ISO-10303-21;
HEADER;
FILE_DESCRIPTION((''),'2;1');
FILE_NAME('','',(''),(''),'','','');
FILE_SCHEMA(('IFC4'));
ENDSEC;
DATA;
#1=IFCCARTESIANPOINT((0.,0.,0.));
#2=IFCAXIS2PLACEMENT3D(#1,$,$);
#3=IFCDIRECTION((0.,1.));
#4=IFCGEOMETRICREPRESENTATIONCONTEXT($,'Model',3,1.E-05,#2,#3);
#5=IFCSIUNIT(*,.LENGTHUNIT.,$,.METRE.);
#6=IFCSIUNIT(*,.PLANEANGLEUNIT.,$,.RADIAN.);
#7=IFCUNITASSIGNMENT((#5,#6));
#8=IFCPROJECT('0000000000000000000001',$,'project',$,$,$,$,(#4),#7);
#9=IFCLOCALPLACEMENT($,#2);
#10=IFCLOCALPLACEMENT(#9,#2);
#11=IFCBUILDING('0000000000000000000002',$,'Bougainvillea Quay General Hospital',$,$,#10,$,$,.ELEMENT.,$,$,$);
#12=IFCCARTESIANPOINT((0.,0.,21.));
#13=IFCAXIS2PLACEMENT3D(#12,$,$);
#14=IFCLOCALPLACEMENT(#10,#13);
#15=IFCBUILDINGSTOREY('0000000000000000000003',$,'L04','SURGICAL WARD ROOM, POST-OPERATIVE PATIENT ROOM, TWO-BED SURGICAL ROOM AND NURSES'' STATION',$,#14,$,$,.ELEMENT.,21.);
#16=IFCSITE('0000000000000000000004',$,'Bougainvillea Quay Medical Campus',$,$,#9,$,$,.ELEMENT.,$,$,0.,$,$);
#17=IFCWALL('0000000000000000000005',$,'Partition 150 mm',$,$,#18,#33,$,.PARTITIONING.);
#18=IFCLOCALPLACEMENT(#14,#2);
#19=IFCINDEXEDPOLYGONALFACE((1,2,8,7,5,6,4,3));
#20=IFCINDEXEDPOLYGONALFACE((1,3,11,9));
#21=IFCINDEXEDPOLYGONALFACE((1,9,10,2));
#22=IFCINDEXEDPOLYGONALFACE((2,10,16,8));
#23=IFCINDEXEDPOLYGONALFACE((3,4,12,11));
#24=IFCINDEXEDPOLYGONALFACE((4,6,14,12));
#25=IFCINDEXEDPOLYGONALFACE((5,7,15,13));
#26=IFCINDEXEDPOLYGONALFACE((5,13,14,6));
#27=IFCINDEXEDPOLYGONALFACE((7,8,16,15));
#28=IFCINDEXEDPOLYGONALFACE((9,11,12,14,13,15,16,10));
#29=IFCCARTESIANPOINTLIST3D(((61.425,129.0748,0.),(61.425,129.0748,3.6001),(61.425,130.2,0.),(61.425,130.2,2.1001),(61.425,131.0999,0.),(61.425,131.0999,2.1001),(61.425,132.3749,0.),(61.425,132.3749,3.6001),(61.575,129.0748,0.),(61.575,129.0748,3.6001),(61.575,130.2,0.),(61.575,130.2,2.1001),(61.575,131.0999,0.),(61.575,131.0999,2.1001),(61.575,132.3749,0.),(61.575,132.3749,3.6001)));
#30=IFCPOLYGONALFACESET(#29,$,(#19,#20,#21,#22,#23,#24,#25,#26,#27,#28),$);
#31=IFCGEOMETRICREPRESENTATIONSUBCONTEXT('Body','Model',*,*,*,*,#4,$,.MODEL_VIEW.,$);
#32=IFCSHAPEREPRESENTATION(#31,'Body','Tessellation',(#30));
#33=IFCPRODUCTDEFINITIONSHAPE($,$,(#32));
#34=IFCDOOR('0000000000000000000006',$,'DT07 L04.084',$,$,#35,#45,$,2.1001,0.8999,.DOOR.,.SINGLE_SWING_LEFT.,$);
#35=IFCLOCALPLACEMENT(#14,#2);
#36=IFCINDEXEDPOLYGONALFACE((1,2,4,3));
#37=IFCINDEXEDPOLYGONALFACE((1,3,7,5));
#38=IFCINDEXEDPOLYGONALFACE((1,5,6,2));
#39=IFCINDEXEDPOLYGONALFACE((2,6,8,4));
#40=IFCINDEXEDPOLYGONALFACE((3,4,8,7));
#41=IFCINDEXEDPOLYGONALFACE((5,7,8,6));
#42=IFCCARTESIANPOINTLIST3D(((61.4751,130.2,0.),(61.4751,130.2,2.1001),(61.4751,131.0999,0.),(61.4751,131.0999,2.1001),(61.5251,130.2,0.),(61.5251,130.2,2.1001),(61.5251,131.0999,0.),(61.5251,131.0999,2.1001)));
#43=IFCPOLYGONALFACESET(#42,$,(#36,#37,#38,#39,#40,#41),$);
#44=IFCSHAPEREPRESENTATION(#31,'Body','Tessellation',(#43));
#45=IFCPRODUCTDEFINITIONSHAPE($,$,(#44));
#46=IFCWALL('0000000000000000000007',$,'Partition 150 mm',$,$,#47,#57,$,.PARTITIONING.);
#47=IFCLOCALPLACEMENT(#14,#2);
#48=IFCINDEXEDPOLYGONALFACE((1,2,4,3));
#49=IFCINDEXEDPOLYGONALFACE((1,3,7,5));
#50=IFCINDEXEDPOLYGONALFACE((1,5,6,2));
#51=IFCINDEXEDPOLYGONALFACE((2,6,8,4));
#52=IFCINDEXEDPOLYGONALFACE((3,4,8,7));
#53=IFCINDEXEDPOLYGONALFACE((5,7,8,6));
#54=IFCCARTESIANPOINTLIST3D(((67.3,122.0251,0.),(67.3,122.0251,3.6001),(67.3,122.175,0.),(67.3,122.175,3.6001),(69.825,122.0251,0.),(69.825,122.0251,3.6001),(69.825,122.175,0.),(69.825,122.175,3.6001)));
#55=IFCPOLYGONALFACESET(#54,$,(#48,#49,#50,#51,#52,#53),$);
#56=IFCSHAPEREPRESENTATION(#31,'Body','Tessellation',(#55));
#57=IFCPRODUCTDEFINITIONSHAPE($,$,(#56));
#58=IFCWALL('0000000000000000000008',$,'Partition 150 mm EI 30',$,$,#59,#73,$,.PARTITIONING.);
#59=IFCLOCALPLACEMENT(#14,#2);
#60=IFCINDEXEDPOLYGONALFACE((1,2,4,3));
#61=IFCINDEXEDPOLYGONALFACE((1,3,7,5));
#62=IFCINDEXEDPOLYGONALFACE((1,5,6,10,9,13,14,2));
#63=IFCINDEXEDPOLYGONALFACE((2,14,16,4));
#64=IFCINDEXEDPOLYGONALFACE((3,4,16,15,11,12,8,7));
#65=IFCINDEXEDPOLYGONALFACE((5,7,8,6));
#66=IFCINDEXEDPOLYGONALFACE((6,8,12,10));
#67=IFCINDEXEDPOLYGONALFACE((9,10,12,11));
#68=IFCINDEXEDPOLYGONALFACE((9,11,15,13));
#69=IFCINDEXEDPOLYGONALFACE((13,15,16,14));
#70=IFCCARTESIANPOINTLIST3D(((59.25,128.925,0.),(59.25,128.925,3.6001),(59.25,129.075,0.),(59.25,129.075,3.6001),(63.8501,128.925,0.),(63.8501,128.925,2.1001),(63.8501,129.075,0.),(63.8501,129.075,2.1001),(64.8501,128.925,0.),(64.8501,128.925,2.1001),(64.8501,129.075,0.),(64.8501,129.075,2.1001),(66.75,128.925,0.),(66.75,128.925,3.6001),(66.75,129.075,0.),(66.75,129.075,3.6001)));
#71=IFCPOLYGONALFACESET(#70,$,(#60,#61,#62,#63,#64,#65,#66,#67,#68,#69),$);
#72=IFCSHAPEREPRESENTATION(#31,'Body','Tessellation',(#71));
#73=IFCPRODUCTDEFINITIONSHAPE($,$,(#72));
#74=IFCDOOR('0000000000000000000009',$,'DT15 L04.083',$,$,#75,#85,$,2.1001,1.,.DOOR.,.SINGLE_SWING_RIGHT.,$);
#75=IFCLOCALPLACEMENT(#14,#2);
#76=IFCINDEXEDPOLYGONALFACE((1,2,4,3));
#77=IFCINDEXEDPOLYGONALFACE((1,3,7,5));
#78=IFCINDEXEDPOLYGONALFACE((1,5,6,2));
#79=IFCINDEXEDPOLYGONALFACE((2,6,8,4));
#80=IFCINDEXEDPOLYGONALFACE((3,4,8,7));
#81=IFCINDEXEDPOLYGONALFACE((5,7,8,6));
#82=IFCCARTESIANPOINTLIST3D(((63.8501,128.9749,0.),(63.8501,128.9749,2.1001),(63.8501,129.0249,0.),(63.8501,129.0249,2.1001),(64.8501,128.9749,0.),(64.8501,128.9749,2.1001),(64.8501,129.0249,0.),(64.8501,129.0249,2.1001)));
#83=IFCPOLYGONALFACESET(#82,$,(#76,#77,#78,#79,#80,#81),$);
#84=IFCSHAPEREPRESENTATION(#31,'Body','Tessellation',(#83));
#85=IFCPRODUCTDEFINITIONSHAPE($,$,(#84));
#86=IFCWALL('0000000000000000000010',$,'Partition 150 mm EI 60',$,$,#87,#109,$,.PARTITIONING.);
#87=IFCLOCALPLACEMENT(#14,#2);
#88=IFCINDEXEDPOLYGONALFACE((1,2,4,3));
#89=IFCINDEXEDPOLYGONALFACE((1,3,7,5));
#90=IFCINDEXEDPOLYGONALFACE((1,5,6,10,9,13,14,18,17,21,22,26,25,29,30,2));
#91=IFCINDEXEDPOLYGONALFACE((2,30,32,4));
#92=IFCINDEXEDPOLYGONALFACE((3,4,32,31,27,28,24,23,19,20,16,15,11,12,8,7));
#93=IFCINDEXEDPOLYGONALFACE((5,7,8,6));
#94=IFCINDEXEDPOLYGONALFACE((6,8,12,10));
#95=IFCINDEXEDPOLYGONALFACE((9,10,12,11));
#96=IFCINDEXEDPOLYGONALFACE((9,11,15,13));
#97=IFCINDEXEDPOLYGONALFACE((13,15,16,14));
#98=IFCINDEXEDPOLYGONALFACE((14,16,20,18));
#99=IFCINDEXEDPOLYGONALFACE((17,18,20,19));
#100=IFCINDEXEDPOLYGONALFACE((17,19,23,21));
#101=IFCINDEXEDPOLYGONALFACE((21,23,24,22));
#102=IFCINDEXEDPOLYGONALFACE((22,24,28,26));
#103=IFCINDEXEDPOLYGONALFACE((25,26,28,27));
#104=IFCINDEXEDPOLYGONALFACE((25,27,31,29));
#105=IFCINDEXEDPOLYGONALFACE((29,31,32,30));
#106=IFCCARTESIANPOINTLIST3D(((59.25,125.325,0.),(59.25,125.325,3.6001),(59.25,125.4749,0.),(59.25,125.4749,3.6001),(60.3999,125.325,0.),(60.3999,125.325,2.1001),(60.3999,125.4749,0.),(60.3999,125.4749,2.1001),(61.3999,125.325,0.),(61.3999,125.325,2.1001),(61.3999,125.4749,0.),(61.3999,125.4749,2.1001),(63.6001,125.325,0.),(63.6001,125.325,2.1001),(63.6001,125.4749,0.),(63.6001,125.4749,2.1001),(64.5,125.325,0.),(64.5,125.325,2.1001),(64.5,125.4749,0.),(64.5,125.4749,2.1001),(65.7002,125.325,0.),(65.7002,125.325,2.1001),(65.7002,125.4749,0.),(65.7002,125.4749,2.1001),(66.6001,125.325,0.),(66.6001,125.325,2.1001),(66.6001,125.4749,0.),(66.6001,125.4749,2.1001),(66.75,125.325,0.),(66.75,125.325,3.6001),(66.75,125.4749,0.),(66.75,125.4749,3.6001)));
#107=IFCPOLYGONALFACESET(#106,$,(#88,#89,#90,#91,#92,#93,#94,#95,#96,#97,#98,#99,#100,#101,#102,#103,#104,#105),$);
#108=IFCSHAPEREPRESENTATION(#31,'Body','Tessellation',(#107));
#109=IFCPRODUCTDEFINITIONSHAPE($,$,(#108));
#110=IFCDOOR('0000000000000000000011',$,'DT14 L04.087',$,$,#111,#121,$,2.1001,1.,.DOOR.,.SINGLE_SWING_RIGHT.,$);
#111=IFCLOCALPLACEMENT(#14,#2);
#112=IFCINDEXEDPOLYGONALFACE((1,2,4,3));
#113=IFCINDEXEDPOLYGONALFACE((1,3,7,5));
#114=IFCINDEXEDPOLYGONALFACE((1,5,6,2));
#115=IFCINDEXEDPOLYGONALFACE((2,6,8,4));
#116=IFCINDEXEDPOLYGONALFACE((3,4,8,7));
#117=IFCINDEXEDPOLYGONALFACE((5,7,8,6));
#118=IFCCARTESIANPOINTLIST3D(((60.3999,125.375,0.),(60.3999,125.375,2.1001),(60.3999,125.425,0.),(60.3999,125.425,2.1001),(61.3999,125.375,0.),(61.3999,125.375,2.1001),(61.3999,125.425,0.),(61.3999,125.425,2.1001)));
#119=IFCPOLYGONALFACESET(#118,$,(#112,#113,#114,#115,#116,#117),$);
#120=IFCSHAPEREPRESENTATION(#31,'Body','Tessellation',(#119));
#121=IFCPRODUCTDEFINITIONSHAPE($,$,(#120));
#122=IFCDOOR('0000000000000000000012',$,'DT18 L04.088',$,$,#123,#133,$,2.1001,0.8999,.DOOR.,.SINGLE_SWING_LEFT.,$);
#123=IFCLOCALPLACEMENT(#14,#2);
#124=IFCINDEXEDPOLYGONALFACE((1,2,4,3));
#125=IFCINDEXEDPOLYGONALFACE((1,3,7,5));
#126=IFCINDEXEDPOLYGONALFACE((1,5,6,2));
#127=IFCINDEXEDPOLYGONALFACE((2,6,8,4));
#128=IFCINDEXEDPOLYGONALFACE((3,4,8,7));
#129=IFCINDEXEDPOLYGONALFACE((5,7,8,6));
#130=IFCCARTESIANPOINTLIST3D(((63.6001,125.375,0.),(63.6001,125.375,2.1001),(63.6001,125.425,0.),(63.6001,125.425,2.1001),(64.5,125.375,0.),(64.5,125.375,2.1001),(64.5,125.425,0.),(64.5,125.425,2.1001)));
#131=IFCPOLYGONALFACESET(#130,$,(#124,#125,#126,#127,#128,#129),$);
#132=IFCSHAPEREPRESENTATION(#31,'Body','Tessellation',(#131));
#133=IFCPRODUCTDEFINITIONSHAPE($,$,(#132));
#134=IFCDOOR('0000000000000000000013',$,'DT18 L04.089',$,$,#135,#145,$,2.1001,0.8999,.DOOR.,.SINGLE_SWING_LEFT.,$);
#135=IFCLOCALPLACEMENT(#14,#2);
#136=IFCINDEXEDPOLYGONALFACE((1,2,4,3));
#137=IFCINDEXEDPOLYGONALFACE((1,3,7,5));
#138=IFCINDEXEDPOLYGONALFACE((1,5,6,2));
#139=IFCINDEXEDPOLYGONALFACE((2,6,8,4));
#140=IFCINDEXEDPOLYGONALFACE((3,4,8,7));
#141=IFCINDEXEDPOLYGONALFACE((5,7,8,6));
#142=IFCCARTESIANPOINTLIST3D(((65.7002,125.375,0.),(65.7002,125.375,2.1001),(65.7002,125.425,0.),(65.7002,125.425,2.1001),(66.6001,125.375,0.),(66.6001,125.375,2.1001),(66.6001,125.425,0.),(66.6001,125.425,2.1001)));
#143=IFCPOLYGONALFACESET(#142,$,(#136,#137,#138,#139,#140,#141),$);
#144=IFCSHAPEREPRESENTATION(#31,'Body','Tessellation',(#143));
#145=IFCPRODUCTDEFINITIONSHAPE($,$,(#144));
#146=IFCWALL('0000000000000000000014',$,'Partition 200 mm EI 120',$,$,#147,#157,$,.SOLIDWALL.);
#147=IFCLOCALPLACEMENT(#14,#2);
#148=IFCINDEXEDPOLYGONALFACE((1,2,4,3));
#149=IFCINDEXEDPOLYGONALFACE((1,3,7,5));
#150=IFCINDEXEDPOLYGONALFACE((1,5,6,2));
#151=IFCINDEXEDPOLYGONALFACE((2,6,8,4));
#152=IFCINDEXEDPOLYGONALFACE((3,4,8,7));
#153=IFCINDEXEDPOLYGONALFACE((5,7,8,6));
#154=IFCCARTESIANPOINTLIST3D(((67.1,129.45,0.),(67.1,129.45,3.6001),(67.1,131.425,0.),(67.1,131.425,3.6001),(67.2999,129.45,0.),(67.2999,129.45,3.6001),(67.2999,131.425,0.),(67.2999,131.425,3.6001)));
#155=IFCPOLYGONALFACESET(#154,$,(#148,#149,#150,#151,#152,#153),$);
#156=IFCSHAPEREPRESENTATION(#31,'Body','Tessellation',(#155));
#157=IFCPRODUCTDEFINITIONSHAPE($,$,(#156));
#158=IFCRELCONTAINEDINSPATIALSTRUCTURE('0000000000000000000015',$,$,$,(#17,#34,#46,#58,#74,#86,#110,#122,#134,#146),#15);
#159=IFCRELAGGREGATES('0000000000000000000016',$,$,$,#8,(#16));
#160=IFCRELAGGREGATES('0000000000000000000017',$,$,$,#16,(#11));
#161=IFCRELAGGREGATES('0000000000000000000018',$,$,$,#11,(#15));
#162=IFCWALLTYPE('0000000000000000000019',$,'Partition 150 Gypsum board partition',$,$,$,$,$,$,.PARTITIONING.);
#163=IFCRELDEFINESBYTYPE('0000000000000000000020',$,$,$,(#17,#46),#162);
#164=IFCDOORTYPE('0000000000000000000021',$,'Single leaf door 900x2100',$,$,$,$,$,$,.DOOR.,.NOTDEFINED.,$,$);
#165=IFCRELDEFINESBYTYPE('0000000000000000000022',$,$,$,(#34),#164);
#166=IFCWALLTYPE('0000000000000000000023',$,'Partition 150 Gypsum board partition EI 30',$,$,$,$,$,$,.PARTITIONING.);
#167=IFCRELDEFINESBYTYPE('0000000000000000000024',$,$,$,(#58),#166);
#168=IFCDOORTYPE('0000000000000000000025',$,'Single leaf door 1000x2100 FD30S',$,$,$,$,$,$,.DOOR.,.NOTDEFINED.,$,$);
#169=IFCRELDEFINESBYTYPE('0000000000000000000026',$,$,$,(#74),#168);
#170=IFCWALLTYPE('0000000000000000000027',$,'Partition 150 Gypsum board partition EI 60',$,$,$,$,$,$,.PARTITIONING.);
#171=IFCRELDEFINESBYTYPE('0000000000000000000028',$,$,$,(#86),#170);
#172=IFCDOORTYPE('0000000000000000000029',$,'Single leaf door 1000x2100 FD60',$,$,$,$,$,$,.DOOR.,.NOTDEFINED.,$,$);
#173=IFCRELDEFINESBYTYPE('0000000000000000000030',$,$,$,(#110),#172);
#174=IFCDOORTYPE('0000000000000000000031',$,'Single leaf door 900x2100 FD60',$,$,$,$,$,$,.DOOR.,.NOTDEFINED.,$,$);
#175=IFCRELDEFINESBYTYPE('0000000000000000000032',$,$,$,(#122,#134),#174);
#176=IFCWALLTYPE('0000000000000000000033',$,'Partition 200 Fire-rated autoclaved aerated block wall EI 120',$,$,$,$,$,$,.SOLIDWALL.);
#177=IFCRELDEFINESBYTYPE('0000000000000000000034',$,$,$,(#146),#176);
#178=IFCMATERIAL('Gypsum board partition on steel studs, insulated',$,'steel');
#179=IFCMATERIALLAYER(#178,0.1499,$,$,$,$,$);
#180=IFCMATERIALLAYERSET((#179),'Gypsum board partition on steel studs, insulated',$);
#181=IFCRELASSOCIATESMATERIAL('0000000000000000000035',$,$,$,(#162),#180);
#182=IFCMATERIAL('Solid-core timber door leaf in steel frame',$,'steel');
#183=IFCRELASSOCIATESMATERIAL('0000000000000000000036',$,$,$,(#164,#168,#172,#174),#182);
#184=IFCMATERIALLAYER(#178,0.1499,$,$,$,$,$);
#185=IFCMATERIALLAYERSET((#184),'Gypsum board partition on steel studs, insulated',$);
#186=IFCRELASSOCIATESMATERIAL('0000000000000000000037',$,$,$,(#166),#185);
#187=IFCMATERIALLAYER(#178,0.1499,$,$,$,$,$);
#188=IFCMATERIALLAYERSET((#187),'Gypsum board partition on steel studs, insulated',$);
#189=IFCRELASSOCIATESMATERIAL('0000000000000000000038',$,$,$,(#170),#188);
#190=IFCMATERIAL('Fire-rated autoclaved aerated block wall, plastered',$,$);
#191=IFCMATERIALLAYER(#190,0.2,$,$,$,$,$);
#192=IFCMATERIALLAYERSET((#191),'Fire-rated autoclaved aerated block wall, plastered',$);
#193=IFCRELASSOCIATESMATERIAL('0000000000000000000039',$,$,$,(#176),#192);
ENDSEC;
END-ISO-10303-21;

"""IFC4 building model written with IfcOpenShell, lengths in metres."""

from ifc_helpers import new_model, si_unit, direction, frame, frame_2d, origin, place, context, subcontext, project, spatial, rectangle, extrude, material, layer, layer_set, type_object, element, fill, save


model = new_model("IFC4")

# Units and contexts
model_context = context("Model", 3, precision=1e-05, world=origin(), true_north=direction((0.0, 1.0)))
body_context = subcontext(model_context, "Body", "Model", "MODEL_VIEW")
ifc_project = project(units=[si_unit("LENGTHUNIT", "METRE"), si_unit("PLANEANGLEUNIT", "RADIAN")], contexts=[model_context])

# Site, building, storey
site_placement = place(None, origin())
site = spatial("IfcSite", under=ifc_project, at=site_placement, Name="Bougainvillea Quay Medical Campus", CompositionType="ELEMENT", RefElevation=0.0)
building_placement = place(site_placement, origin())
building = spatial("IfcBuilding", under=site, at=building_placement, Name="Bougainvillea Quay General Hospital", CompositionType="ELEMENT")
storey_placement = place(building_placement, frame((0.0, 0.0, 21.0)))
storey = spatial("IfcBuildingStorey", under=building, at=storey_placement, Name="L04", Description="SURGICAL WARD ROOM, POST-OPERATIVE PATIENT ROOM, TWO-BED SURGICAL ROOM AND NURSES' STATION", CompositionType="ELEMENT", Elevation=21.0)

# Wall, opening, door
ifc_material_1 = material(Name="Gypsum board partition on steel studs, insulated", Category="steel")
ifc_layer_1 = layer(ifc_material_1, 0.1499)
ifc_layer_set_1 = layer_set([ifc_layer_1], Name="Gypsum board partition on steel studs, insulated")
wall_type_1 = type_object("IfcWallType", Name="Partition 150 Gypsum board partition", PredefinedType="PARTITIONING", material=ifc_layer_set_1)
wall_1_placement = place(storey_placement, frame((61.5, 129.075, 0.0), z_axis=(0.0, 0.0, 1.0), x_axis=(0.0, 1.0, 0.0)))
wall_1 = element("IfcWall", 1, at=wall_1_placement, inside=storey, type_object=wall_type_1, Name="Partition 150 mm", PredefinedType="PARTITIONING", context=body_context, shape_type="SweptSolid", body=[
    extrude(rectangle(XDim=3.3, YDim=0.1499, at=frame_2d((1.6499, 0.0))), origin(), (0.0, 0.0, 1.0), 3.6001),
])
opening_1_placement = place(wall_1_placement, frame((1.125, 0.0, 0.0)))
opening_1 = element("IfcOpeningElement", 2, at=opening_1_placement, cuts=wall_1, PredefinedType="OPENING", context=body_context, shape_type="SweptSolid", body=[
    extrude(rectangle(XDim=0.8999, YDim=2.1001, at=frame_2d((0.45, 1.05))), frame((0.0, 0.085, 0.0), z_axis=(0.0, -1.0, 0.0), x_axis=(1.0, 0.0, 0.0)), (0.0, 0.0, 1.0), 0.1699),
])
ifc_material_2 = material(Name="Solid-core timber door leaf in steel frame", Category="steel")
door_type_1 = type_object("IfcDoorType", Name="Single leaf door 900x2100", OperationType="NOTDEFINED", PredefinedType="DOOR", material=ifc_material_2)
door_1_placement = place(opening_1_placement, origin())
door_1 = element("IfcDoor", 3, at=door_1_placement, inside=storey, type_object=door_type_1, Name="DT07 L04.084", OperationType="SINGLE_SWING_LEFT", OverallHeight=2.1001, OverallWidth=0.8999, PredefinedType="DOOR", context=body_context, shape_type="SweptSolid", body=[
    extrude(rectangle(XDim=0.8999, YDim=2.1001, at=frame_2d((0.45, 1.05))), frame((0.0, 0.0249, 0.0), z_axis=(0.0, -1.0, 0.0), x_axis=(1.0, 0.0, 0.0)), (0.0, 0.0, 1.0), 0.05),
])
fill(opening_1, door_1)

# Wall
wall_2_placement = place(storey_placement, frame((67.3, 122.1001, 0.0), z_axis=(0.0, 0.0, 1.0), x_axis=(1.0, 0.0, 0.0)))
element("IfcWall", 4, at=wall_2_placement, inside=storey, type_object=wall_type_1, Name="Partition 150 mm", PredefinedType="PARTITIONING", context=body_context, shape_type="SweptSolid", body=[
    extrude(rectangle(XDim=2.5249, YDim=0.1499, at=frame_2d((1.2625, 0.0))), origin(), (0.0, 0.0, 1.0), 3.6001),
])

# Wall, opening, door
ifc_layer_2 = layer(ifc_material_1, 0.1499)
ifc_layer_set_2 = layer_set([ifc_layer_2], Name="Gypsum board partition on steel studs, insulated")
wall_type_2 = type_object("IfcWallType", Name="Partition 150 Gypsum board partition EI 30", PredefinedType="PARTITIONING", material=ifc_layer_set_2)
wall_3_placement = place(storey_placement, frame((66.75, 129.0, 0.0), z_axis=(0.0, 0.0, 1.0), x_axis=(-1.0, 0.0, 0.0)))
wall_3 = element("IfcWall", 5, at=wall_3_placement, inside=storey, type_object=wall_type_2, Name="Partition 150 mm EI 30", PredefinedType="PARTITIONING", context=body_context, shape_type="SweptSolid", body=[
    extrude(rectangle(XDim=7.5, YDim=0.1499, at=frame_2d((3.75, 0.0))), origin(), (0.0, 0.0, 1.0), 3.6001),
])
opening_2_placement = place(wall_3_placement, frame((1.8999, 0.0, 0.0)))
opening_2 = element("IfcOpeningElement", 6, at=opening_2_placement, cuts=wall_3, PredefinedType="OPENING", context=body_context, shape_type="SweptSolid", body=[
    extrude(rectangle(XDim=1.0, YDim=2.1001, at=frame_2d((0.5, 1.05))), frame((0.0, 0.085, 0.0), z_axis=(0.0, -1.0, 0.0), x_axis=(1.0, 0.0, 0.0)), (0.0, 0.0, 1.0), 0.1699),
])
door_type_2 = type_object("IfcDoorType", Name="Single leaf door 1000x2100 FD30S", OperationType="NOTDEFINED", PredefinedType="DOOR", material=ifc_material_2)
door_2_placement = place(opening_2_placement, frame((1.0, 0.0, 0.0), z_axis=(0.0, 0.0, 1.0), x_axis=(-1.0, 0.0, 0.0)))
door_2 = element("IfcDoor", 7, at=door_2_placement, inside=storey, type_object=door_type_2, Name="DT15 L04.083", OperationType="SINGLE_SWING_RIGHT", OverallHeight=2.1001, OverallWidth=1.0, PredefinedType="DOOR", context=body_context, shape_type="SweptSolid", body=[
    extrude(rectangle(XDim=1.0, YDim=2.1001, at=frame_2d((0.5, 1.05))), frame((0.0, 0.0249, 0.0), z_axis=(0.0, -1.0, 0.0), x_axis=(1.0, 0.0, 0.0)), (0.0, 0.0, 1.0), 0.05),
])
fill(opening_2, door_2)

# Wall, openings, doors
ifc_layer_3 = layer(ifc_material_1, 0.1499)
ifc_layer_set_3 = layer_set([ifc_layer_3], Name="Gypsum board partition on steel studs, insulated")
wall_type_3 = type_object("IfcWallType", Name="Partition 150 Gypsum board partition EI 60", PredefinedType="PARTITIONING", material=ifc_layer_set_3)
wall_4_placement = place(storey_placement, frame((66.75, 125.3999, 0.0), z_axis=(0.0, 0.0, 1.0), x_axis=(-1.0, 0.0, 0.0)))
wall_4 = element("IfcWall", 8, at=wall_4_placement, inside=storey, type_object=wall_type_3, Name="Partition 150 mm EI 60", PredefinedType="PARTITIONING", context=body_context, shape_type="SweptSolid", body=[
    extrude(rectangle(XDim=7.5, YDim=0.1499, at=frame_2d((3.75, 0.0))), origin(), (0.0, 0.0, 1.0), 3.6001),
])
opening_3_placement = place(wall_4_placement, frame((5.3501, 0.0, 0.0)))
opening_3 = element("IfcOpeningElement", 9, at=opening_3_placement, cuts=wall_4, PredefinedType="OPENING", context=body_context, shape_type="SweptSolid", body=[
    extrude(rectangle(XDim=1.0, YDim=2.1001, at=frame_2d((0.5, 1.05))), frame((0.0, 0.085, 0.0), z_axis=(0.0, -1.0, 0.0), x_axis=(1.0, 0.0, 0.0)), (0.0, 0.0, 1.0), 0.1699),
])
opening_4_placement = place(wall_4_placement, frame((2.25, 0.0, 0.0)))
opening_4 = element("IfcOpeningElement", 10, at=opening_4_placement, cuts=wall_4, PredefinedType="OPENING", context=body_context, shape_type="SweptSolid", body=[
    extrude(rectangle(XDim=0.8999, YDim=2.1001, at=frame_2d((0.45, 1.05))), frame((0.0, 0.085, 0.0), z_axis=(0.0, -1.0, 0.0), x_axis=(1.0, 0.0, 0.0)), (0.0, 0.0, 1.0), 0.1699),
])
opening_5_placement = place(wall_4_placement, frame((0.1499, 0.0, 0.0)))
opening_5 = element("IfcOpeningElement", 11, at=opening_5_placement, cuts=wall_4, PredefinedType="OPENING", context=body_context, shape_type="SweptSolid", body=[
    extrude(rectangle(XDim=0.8999, YDim=2.1001, at=frame_2d((0.45, 1.05))), frame((0.0, 0.085, 0.0), z_axis=(0.0, -1.0, 0.0), x_axis=(1.0, 0.0, 0.0)), (0.0, 0.0, 1.0), 0.1699),
])
door_type_3 = type_object("IfcDoorType", Name="Single leaf door 1000x2100 FD60", OperationType="NOTDEFINED", PredefinedType="DOOR", material=ifc_material_2)
door_3_placement = place(opening_3_placement, origin())
door_3 = element("IfcDoor", 12, at=door_3_placement, inside=storey, type_object=door_type_3, Name="DT14 L04.087", OperationType="SINGLE_SWING_RIGHT", OverallHeight=2.1001, OverallWidth=1.0, PredefinedType="DOOR", context=body_context, shape_type="SweptSolid", body=[
    extrude(rectangle(XDim=1.0, YDim=2.1001, at=frame_2d((0.5, 1.05))), frame((0.0, 0.0249, 0.0), z_axis=(0.0, -1.0, 0.0), x_axis=(1.0, 0.0, 0.0)), (0.0, 0.0, 1.0), 0.05),
])
fill(opening_3, door_3)
door_type_4 = type_object("IfcDoorType", Name="Single leaf door 900x2100 FD60", OperationType="NOTDEFINED", PredefinedType="DOOR", material=ifc_material_2)
door_4_placement = place(opening_4_placement, origin())
door_4 = element("IfcDoor", 13, at=door_4_placement, inside=storey, type_object=door_type_4, Name="DT18 L04.088", OperationType="SINGLE_SWING_LEFT", OverallHeight=2.1001, OverallWidth=0.8999, PredefinedType="DOOR", context=body_context, shape_type="SweptSolid", body=[
    extrude(rectangle(XDim=0.8999, YDim=2.1001, at=frame_2d((0.45, 1.05))), frame((0.0, 0.0249, 0.0), z_axis=(0.0, -1.0, 0.0), x_axis=(1.0, 0.0, 0.0)), (0.0, 0.0, 1.0), 0.05),
])
fill(opening_4, door_4)
door_5_placement = place(opening_5_placement, origin())
door_5 = element("IfcDoor", 14, at=door_5_placement, inside=storey, type_object=door_type_4, Name="DT18 L04.089", OperationType="SINGLE_SWING_LEFT", OverallHeight=2.1001, OverallWidth=0.8999, PredefinedType="DOOR", context=body_context, shape_type="SweptSolid", body=[
    extrude(rectangle(XDim=0.8999, YDim=2.1001, at=frame_2d((0.45, 1.05))), frame((0.0, 0.0249, 0.0), z_axis=(0.0, -1.0, 0.0), x_axis=(1.0, 0.0, 0.0)), (0.0, 0.0, 1.0), 0.05),
])
fill(opening_5, door_5)

# Wall
ifc_material_3 = material(Name="Fire-rated autoclaved aerated block wall, plastered")
ifc_layer_4 = layer(ifc_material_3, 0.2)
ifc_layer_set_4 = layer_set([ifc_layer_4], Name="Fire-rated autoclaved aerated block wall, plastered")
wall_type_4 = type_object("IfcWallType", Name="Partition 200 Fire-rated autoclaved aerated block wall EI 120", PredefinedType="SOLIDWALL", material=ifc_layer_set_4)
wall_5_placement = place(storey_placement, frame((67.2, 131.425, 0.0), z_axis=(0.0, 0.0, 1.0), x_axis=(0.0, -1.0, 0.0)))
element("IfcWall", 15, at=wall_5_placement, inside=storey, type_object=wall_type_4, Name="Partition 200 mm EI 120", PredefinedType="SOLIDWALL", context=body_context, shape_type="SweptSolid", body=[
    extrude(rectangle(XDim=1.9751, YDim=0.2, at=frame_2d((0.9875, 0.0))), origin(), (0.0, 0.0, 1.0), 3.6001),
])

save(model, "model.ifc")
